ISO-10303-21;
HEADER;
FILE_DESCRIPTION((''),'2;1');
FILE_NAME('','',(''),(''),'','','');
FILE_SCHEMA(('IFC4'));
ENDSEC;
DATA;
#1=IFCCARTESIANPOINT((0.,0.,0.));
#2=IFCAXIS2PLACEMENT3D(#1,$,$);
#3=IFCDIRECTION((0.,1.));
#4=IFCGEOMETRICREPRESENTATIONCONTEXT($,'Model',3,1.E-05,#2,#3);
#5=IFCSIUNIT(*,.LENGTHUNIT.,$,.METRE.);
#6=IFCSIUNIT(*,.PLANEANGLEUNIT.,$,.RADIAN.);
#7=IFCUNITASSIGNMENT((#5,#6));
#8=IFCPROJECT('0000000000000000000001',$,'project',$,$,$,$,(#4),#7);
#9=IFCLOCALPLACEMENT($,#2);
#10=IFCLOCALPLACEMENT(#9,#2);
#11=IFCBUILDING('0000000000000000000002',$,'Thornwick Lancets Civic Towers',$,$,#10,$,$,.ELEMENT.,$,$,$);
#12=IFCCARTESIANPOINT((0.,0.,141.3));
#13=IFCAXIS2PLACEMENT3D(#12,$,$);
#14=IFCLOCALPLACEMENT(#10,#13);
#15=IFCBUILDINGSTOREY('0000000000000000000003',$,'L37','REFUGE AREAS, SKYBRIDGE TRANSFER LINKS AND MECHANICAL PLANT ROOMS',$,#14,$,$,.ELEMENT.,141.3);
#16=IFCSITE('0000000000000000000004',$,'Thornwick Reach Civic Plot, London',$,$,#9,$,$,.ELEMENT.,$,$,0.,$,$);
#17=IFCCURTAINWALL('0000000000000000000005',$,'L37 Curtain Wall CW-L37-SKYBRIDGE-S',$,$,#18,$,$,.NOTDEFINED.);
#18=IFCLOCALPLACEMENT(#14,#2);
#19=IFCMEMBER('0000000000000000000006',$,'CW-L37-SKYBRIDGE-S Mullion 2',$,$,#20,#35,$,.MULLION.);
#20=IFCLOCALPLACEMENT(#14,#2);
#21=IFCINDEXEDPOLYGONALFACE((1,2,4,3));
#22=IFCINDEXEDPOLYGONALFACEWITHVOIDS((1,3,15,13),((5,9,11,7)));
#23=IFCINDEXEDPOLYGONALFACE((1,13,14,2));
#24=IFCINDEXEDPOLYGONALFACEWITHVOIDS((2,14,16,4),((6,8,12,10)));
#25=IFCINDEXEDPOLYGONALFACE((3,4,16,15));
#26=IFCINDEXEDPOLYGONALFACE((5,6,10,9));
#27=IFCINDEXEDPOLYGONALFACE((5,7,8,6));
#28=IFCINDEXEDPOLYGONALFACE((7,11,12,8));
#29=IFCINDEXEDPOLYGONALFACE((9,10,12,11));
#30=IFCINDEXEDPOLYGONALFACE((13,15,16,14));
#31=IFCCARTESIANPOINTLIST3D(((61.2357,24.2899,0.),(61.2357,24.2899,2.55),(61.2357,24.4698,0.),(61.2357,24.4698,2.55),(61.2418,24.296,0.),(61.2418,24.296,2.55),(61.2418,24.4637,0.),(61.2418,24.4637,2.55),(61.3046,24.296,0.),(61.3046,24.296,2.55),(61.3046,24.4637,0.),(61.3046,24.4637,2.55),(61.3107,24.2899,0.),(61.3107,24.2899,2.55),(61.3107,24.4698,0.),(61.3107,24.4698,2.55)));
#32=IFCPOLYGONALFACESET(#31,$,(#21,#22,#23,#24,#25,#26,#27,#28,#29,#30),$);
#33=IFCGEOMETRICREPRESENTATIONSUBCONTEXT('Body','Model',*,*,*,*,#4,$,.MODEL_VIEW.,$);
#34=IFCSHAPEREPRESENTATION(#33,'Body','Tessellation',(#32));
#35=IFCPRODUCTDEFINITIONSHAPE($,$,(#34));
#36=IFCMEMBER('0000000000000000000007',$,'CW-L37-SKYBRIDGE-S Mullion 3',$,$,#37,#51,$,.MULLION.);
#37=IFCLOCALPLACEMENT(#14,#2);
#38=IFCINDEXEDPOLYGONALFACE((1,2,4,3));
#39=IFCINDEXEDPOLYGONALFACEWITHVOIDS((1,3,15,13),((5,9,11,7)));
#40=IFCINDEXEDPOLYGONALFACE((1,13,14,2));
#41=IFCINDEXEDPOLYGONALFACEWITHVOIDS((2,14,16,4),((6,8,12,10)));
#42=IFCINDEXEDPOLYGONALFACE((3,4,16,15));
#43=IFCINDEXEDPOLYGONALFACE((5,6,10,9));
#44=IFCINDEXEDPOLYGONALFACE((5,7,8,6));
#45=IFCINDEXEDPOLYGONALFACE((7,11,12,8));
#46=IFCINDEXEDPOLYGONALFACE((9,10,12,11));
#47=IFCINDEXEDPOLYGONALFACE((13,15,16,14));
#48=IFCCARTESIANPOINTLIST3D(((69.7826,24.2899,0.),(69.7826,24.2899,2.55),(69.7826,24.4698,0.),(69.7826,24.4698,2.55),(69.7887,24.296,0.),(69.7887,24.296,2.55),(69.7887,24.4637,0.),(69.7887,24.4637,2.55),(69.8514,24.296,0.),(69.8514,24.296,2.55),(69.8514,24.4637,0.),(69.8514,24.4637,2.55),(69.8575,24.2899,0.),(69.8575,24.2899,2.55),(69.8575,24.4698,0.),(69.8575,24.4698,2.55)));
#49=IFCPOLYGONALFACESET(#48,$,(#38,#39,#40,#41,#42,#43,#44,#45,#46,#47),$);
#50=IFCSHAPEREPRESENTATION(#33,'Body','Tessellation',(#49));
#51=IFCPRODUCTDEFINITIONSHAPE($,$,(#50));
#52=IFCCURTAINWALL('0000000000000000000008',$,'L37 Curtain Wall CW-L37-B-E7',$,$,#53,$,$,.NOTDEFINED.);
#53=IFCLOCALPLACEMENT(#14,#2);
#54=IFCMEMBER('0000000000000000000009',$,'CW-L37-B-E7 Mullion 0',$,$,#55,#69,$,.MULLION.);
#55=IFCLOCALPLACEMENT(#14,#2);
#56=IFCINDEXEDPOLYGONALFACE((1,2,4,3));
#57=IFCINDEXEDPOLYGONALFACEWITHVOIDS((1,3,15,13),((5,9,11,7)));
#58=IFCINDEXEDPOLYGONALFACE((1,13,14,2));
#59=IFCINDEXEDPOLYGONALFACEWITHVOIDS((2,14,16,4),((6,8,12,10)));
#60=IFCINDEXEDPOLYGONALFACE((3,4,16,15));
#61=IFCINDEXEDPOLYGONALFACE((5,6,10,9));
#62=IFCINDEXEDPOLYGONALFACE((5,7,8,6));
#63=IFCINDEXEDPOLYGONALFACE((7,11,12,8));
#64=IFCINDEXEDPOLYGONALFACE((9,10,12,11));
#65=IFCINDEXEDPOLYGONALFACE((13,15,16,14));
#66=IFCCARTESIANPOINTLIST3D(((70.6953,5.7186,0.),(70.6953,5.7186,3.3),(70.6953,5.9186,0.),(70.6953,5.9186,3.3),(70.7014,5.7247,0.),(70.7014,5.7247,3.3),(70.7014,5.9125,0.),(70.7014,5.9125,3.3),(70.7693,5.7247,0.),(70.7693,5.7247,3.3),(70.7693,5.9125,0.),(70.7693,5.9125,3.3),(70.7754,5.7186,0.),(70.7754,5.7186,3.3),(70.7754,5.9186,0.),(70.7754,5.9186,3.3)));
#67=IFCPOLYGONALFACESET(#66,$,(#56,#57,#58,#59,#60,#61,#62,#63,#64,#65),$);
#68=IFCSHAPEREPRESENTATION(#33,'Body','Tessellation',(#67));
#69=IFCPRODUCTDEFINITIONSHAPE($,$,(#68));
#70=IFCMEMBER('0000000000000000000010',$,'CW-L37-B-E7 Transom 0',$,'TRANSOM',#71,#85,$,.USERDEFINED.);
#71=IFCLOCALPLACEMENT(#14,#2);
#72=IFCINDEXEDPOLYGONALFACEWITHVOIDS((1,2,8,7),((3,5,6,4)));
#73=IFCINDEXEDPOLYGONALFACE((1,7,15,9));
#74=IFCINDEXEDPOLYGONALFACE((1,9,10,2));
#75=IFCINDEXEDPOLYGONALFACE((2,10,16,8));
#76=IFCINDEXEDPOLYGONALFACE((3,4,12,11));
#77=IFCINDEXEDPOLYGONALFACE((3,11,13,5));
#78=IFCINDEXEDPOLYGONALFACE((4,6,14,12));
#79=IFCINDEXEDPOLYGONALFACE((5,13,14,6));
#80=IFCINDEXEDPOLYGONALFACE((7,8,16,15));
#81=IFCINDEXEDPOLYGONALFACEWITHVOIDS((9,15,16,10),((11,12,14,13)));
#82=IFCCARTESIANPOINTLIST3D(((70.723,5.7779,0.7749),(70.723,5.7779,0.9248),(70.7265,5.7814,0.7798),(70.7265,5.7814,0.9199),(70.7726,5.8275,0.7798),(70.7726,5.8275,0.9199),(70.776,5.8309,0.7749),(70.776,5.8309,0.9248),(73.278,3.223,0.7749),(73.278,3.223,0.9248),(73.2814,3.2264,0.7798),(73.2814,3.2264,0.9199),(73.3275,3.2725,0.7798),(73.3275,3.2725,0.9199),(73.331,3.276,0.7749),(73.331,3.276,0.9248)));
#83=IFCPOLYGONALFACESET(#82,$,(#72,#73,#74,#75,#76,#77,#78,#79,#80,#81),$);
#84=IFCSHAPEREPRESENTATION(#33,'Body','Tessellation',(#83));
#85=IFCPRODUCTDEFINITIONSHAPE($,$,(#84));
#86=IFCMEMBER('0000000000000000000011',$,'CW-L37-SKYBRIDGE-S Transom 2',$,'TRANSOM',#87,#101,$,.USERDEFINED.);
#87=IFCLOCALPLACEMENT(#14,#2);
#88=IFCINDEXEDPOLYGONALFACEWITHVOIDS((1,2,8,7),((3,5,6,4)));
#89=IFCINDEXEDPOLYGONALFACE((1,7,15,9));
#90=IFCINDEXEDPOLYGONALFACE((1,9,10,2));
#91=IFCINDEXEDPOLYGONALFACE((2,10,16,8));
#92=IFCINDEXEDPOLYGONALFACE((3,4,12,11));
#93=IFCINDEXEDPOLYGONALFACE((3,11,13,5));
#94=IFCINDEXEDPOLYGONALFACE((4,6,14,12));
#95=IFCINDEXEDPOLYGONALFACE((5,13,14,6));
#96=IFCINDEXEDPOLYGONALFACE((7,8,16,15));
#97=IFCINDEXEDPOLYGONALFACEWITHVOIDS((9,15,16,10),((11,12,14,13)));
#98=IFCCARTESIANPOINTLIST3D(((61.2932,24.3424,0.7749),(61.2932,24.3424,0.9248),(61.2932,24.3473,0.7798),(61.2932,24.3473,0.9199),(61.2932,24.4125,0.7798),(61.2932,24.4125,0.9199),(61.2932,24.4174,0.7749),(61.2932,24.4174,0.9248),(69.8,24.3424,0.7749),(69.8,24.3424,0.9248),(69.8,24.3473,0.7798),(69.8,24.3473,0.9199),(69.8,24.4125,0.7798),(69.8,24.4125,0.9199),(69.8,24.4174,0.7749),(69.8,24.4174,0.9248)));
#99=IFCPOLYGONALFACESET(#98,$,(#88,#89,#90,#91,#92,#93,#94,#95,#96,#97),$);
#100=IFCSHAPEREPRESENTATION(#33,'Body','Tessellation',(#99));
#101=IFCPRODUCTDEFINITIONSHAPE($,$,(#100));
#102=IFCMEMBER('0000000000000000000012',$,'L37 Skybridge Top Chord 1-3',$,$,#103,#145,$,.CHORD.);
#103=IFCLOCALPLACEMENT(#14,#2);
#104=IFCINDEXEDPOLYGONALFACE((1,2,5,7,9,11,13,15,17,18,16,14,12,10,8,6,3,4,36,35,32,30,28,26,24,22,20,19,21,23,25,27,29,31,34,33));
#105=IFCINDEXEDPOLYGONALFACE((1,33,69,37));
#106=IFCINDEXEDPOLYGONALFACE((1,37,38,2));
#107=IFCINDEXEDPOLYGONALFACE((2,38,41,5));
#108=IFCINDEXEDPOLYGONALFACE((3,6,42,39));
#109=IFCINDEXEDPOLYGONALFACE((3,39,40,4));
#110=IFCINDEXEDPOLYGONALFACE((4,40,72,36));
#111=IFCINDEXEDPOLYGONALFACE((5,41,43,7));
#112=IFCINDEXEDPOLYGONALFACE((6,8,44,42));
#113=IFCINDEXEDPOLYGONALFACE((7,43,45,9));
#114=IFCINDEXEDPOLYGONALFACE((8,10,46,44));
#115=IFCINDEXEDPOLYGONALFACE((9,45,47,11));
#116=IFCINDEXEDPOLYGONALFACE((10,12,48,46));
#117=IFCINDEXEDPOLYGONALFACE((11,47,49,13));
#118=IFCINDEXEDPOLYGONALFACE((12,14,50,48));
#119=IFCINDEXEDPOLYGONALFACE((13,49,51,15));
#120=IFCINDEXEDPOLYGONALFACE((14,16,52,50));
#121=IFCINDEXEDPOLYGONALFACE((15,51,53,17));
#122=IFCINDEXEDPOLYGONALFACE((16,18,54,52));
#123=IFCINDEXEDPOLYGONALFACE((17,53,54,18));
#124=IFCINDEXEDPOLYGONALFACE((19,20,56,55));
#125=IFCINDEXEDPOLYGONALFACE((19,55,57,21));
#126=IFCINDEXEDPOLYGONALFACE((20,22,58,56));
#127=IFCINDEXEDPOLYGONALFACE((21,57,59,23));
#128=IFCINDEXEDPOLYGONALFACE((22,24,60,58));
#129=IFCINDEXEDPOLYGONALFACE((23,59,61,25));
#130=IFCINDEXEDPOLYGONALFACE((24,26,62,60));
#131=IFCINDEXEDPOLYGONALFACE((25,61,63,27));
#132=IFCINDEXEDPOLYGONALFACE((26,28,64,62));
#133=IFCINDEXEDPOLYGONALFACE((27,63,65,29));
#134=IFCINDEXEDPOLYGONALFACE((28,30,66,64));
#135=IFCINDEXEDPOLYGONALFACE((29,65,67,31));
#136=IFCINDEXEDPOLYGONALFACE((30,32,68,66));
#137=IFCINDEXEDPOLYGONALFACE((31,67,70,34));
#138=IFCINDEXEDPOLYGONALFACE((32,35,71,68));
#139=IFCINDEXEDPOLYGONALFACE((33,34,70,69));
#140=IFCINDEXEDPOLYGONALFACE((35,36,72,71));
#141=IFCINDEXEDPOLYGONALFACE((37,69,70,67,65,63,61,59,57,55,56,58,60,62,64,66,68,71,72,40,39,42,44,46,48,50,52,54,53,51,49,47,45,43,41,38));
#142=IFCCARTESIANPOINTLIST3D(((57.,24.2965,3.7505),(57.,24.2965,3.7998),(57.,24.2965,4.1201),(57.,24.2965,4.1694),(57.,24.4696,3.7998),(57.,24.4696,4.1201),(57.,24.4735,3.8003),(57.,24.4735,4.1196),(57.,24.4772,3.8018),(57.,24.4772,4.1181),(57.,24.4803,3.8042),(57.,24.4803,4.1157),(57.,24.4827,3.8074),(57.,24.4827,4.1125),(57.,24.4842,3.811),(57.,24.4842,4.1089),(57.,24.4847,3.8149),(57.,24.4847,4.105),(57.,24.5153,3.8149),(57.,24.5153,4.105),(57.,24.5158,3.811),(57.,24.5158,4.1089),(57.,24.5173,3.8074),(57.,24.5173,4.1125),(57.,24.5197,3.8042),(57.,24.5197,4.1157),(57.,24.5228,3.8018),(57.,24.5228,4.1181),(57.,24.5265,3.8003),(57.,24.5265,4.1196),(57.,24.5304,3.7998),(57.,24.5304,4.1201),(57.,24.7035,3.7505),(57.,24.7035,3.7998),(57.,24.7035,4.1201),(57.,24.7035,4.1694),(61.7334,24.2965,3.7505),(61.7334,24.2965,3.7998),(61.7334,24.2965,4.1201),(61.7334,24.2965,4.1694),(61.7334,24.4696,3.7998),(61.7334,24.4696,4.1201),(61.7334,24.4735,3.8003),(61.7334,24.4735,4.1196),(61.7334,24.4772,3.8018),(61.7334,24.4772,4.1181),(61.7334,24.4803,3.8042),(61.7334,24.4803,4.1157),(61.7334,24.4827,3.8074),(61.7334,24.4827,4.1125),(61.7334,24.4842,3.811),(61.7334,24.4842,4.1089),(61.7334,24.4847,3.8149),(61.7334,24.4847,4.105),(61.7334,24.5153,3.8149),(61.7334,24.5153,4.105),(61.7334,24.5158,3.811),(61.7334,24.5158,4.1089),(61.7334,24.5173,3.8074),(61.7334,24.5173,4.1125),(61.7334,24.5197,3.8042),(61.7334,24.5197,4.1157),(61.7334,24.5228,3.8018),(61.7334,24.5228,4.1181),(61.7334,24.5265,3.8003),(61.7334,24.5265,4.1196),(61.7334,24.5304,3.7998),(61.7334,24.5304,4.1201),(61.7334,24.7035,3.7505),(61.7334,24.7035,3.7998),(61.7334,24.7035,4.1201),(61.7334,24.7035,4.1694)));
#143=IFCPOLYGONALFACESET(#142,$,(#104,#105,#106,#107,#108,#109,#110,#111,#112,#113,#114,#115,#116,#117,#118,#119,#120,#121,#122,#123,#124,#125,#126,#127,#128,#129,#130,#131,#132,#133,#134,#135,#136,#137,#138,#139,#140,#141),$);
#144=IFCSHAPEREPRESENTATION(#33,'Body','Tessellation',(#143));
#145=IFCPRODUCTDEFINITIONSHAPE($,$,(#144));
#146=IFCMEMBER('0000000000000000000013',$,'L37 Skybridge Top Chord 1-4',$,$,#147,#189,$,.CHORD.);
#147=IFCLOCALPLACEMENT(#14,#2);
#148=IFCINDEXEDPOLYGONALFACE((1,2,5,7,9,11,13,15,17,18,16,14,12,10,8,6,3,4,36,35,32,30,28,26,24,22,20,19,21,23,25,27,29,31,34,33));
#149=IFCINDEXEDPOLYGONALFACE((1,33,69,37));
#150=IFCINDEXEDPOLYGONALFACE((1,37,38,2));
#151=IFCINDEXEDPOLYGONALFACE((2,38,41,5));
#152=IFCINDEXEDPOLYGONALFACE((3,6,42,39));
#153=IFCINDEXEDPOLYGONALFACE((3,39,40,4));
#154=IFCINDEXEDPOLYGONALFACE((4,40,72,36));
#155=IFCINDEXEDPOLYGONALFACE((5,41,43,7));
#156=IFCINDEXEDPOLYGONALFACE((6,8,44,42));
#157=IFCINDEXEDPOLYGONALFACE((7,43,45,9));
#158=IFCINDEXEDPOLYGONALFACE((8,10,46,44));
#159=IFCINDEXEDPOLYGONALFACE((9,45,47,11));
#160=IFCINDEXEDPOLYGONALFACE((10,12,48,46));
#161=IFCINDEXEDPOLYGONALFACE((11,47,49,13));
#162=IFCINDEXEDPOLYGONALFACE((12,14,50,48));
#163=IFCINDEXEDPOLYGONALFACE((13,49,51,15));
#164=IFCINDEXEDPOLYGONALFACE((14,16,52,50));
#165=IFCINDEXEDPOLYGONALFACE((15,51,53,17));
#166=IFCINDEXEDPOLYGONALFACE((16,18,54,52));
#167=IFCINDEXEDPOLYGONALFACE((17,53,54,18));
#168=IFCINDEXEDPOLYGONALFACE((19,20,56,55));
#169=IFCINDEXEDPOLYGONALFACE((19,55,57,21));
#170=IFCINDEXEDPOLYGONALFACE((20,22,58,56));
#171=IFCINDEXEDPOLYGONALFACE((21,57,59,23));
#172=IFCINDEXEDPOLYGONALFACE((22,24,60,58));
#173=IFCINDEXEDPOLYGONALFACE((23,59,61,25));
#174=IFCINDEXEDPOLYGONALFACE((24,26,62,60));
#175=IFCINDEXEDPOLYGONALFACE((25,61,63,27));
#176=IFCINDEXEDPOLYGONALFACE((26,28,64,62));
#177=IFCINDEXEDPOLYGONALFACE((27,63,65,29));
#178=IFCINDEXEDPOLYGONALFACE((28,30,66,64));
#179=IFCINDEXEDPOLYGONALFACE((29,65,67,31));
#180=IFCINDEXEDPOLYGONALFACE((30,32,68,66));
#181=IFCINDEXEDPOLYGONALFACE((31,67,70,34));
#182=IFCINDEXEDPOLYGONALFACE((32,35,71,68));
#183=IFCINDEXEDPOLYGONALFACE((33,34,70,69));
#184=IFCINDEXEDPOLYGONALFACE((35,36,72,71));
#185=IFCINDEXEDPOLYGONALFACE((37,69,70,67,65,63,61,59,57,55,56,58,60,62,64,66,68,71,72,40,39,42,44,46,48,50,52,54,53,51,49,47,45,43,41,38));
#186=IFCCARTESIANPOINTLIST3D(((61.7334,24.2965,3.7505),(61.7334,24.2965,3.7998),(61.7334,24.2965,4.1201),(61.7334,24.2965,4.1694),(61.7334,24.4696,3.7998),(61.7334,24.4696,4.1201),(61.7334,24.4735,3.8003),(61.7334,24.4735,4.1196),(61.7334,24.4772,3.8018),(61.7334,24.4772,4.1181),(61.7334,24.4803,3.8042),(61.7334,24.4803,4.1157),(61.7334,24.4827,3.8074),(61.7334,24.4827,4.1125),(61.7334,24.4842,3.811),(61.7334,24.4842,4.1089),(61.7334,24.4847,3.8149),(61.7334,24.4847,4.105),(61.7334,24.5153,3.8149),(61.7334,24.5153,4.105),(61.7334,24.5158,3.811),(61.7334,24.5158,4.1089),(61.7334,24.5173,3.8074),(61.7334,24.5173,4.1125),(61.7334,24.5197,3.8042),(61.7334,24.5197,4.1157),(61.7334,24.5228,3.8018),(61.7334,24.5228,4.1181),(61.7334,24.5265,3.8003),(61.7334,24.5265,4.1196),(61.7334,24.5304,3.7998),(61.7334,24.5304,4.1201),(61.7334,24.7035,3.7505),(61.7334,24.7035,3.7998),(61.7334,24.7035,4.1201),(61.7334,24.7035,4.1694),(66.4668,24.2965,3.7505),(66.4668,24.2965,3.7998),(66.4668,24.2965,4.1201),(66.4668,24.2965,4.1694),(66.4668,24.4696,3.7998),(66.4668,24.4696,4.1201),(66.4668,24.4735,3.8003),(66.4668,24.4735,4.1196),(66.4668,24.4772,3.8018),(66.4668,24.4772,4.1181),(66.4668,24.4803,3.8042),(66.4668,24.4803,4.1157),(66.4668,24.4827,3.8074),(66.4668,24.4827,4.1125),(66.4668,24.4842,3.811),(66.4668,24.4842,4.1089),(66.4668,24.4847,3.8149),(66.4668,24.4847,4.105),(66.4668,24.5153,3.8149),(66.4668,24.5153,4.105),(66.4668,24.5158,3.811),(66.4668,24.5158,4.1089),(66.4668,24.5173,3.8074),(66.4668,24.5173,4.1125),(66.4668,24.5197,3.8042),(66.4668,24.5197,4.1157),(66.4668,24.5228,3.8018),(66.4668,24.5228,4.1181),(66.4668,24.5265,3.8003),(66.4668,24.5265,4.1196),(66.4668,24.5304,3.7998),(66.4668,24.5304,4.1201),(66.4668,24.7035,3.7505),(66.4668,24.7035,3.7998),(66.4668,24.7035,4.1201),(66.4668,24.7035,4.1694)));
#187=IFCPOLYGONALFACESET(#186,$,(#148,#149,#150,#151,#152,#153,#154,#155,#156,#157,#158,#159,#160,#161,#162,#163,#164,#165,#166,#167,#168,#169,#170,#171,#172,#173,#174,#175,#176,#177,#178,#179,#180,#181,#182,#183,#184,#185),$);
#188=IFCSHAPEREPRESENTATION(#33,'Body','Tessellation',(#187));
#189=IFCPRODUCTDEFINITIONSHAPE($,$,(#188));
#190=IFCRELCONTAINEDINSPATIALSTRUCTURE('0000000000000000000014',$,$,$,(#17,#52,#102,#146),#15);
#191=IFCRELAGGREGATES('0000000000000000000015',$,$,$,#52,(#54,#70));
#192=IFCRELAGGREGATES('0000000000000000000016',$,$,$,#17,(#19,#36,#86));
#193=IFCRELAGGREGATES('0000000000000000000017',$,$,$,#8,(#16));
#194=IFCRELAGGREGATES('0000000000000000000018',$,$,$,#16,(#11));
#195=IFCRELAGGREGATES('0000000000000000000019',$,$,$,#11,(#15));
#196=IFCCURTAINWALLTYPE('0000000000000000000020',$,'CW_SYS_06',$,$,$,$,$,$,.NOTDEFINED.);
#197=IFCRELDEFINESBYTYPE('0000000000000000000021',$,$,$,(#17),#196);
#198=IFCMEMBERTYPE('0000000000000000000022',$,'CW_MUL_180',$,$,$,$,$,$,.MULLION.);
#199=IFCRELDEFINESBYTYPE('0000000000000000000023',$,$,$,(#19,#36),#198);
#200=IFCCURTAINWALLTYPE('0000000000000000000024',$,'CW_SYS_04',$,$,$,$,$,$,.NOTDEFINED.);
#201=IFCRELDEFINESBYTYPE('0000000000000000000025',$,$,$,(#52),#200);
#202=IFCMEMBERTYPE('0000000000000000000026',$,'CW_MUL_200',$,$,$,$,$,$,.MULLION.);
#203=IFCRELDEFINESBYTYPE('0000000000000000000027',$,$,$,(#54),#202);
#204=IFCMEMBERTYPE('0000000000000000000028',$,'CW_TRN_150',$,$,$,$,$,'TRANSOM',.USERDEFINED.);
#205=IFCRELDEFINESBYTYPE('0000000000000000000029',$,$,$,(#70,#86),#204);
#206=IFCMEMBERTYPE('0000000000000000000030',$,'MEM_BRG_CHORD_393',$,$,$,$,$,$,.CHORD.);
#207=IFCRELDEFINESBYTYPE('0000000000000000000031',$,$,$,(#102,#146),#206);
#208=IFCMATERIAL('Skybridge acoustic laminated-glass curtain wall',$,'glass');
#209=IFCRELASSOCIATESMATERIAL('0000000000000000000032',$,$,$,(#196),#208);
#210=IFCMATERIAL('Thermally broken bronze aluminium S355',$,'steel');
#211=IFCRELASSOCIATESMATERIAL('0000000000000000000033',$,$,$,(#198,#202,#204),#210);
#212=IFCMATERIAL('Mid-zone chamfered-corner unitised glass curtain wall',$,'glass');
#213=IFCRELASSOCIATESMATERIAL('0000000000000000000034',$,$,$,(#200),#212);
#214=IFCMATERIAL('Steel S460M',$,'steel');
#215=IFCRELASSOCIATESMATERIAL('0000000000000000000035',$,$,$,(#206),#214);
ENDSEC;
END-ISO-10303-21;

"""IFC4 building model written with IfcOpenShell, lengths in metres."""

from ifc_helpers import new_model, si_unit, direction, frame, origin, origin_2d, place, context, subcontext, project, spatial, hollow_rectangle, i_section, extrude, material, material_profile, profile_set, type_object, element, aggregate, save


model = new_model("IFC4")

# Units and contexts
model_context = context("Model", 3, precision=1e-05, world=origin(), true_north=direction((0.0, 1.0)))
body_context = subcontext(model_context, "Body", "Model", "MODEL_VIEW")
ifc_project = project(units=[si_unit("LENGTHUNIT", "METRE"), si_unit("PLANEANGLEUNIT", "RADIAN")], contexts=[model_context])

# Site, building, storey
site_placement = place(None, origin())
site = spatial("IfcSite", under=ifc_project, at=site_placement, Name="Thornwick Reach Civic Plot, London", CompositionType="ELEMENT", RefElevation=0.0)
building_placement = place(site_placement, origin())
building = spatial("IfcBuilding", under=site, at=building_placement, Name="Thornwick Lancets Civic Towers", CompositionType="ELEMENT")
storey_placement = place(building_placement, frame((0.0, 0.0, 141.3)))
storey = spatial("IfcBuildingStorey", under=building, at=storey_placement, Name="L37", Description="REFUGE AREAS, SKYBRIDGE TRANSFER LINKS AND MECHANICAL PLANT ROOMS", CompositionType="ELEMENT", Elevation=141.3)

# Curtain walls, members
ifc_material_1 = material(Name="Skybridge acoustic laminated-glass curtain wall", Category="glass")
curtain_wall_type_1 = type_object("IfcCurtainWallType", Name="CW_SYS_06", PredefinedType="NOTDEFINED", material=ifc_material_1)
curtain_wall_1_placement = place(storey_placement, origin())
curtain_wall_1 = element("IfcCurtainWall", 1, at=curtain_wall_1_placement, inside=storey, type_object=curtain_wall_type_1, Name="L37 Curtain Wall CW-L37-SKYBRIDGE-S", PredefinedType="NOTDEFINED")
ifc_material_2 = material(Name="Thermally broken bronze aluminium S355", Category="steel")
ifc_material_profile_1 = material_profile(ifc_material_2, hollow_rectangle(XDim=0.075, YDim=0.1799, WallThickness=0.0061, at=origin_2d()), Name="RHS 180x75x6")
ifc_profile_set_1 = profile_set([ifc_material_profile_1], Name="Thermally broken bronze aluminium S355")
member_type_1 = type_object("IfcMemberType", Name="CW_MUL_180", PredefinedType="MULLION", material=ifc_profile_set_1)
member_1_placement = place(storey_placement, frame((61.2732, 24.3799, 0.0), z_axis=(0.0, 0.0, 1.0), x_axis=(1.0, 0.0, 0.0)))
member_1 = element("IfcMember", 2, at=member_1_placement, type_object=member_type_1, Name="CW-L37-SKYBRIDGE-S Mullion 2", PredefinedType="MULLION", context=body_context, shape_type="SweptSolid", body=[
    extrude(hollow_rectangle(XDim=0.075, YDim=0.1799, WallThickness=0.0061, at=origin_2d()), origin(), (0.0, 0.0, 1.0), 2.55),
])
member_2_placement = place(storey_placement, frame((69.8201, 24.3799, 0.0), z_axis=(0.0, 0.0, 1.0), x_axis=(1.0, 0.0, 0.0)))
member_2 = element("IfcMember", 3, at=member_2_placement, type_object=member_type_1, Name="CW-L37-SKYBRIDGE-S Mullion 3", PredefinedType="MULLION", context=body_context, shape_type="SweptSolid", body=[
    extrude(hollow_rectangle(XDim=0.075, YDim=0.1799, WallThickness=0.0061, at=origin_2d()), origin(), (0.0, 0.0, 1.0), 2.55),
])
ifc_material_3 = material(Name="Mid-zone chamfered-corner unitised glass curtain wall", Category="glass")
curtain_wall_type_2 = type_object("IfcCurtainWallType", Name="CW_SYS_04", PredefinedType="NOTDEFINED", material=ifc_material_3)
curtain_wall_2_placement = place(storey_placement, origin())
curtain_wall_2 = element("IfcCurtainWall", 4, at=curtain_wall_2_placement, inside=storey, type_object=curtain_wall_type_2, Name="L37 Curtain Wall CW-L37-B-E7", PredefinedType="NOTDEFINED")
ifc_material_profile_2 = material_profile(ifc_material_2, hollow_rectangle(XDim=0.0801, YDim=0.2, WallThickness=0.0061, at=origin_2d()), Name="RHS 200x80x6")
ifc_profile_set_2 = profile_set([ifc_material_profile_2], Name="Thermally broken bronze aluminium S355")
member_type_2 = type_object("IfcMemberType", Name="CW_MUL_200", PredefinedType="MULLION", material=ifc_profile_set_2)
member_3_placement = place(storey_placement, frame((70.7354, 5.8186, 0.0), z_axis=(0.0, 0.0, 1.0), x_axis=(1.0, 0.0, 0.0)))
member_3 = element("IfcMember", 5, at=member_3_placement, type_object=member_type_2, Name="CW-L37-B-E7 Mullion 0", PredefinedType="MULLION", context=body_context, shape_type="SweptSolid", body=[
    extrude(hollow_rectangle(XDim=0.0801, YDim=0.2, WallThickness=0.0061, at=origin_2d()), origin(), (0.0, 0.0, 1.0), 3.3),
])
ifc_material_profile_3 = material_profile(ifc_material_2, hollow_rectangle(XDim=0.075, YDim=0.1499, WallThickness=0.0049, at=origin_2d()), Name="RHS 150x75x5")
ifc_profile_set_3 = profile_set([ifc_material_profile_3], Name="Thermally broken bronze aluminium S355")
member_type_3 = type_object("IfcMemberType", Name="CW_TRN_150", ElementType="TRANSOM", PredefinedType="USERDEFINED", material=ifc_profile_set_3)
member_4_placement = place(storey_placement, frame((70.7495, 5.8044, 0.8499), z_axis=(0.707107, -0.707107, 0.0), x_axis=(0.707107, 0.707107, 0.0)))
member_4 = element("IfcMember", 6, at=member_4_placement, type_object=member_type_3, Name="CW-L37-B-E7 Transom 0", ObjectType="TRANSOM", PredefinedType="USERDEFINED", context=body_context, shape_type="SweptSolid", body=[
    extrude(hollow_rectangle(XDim=0.075, YDim=0.1499, WallThickness=0.0049, at=origin_2d()), origin(), (0.0, 0.0, 1.0), 3.6133),
])
aggregate(curtain_wall_2, [member_3, member_4])

# Member
member_5_placement = place(storey_placement, frame((61.2932, 24.3799, 0.8499), z_axis=(1.0, 0.0, 0.0), x_axis=(0.0, 1.0, 0.0)))
member_5 = element("IfcMember", 7, at=member_5_placement, type_object=member_type_3, Name="CW-L37-SKYBRIDGE-S Transom 2", ObjectType="TRANSOM", PredefinedType="USERDEFINED", context=body_context, shape_type="SweptSolid", body=[
    extrude(hollow_rectangle(XDim=0.075, YDim=0.1499, WallThickness=0.0049, at=origin_2d()), origin(), (0.0, 0.0, 1.0), 8.5068),
])

# Members
ifc_material_4 = material(Name="Steel S460M", Category="steel")
ifc_material_profile_4 = material_profile(ifc_material_4, i_section(OverallWidth=0.407, OverallDepth=0.4189, WebThickness=0.0305, FlangeThickness=0.0493, FilletRadius=0.0151, at=origin_2d()), Name="UKC 356x406x393")
ifc_profile_set_4 = profile_set([ifc_material_profile_4], Name="Steel S460M")
member_type_4 = type_object("IfcMemberType", Name="MEM_BRG_CHORD_393", PredefinedType="CHORD", material=ifc_profile_set_4)
for number, where, z_axis, x_axis, name in (
    (8, (57.0, 24.5, 3.96), (1.0, 0.0, 0.0), (0.0, 1.0, 0.0), "L37 Skybridge Top Chord 1-3"),
    (9, (61.7334, 24.5, 3.96), (1.0, 0.0, 0.0), (0.0, 1.0, 0.0), "L37 Skybridge Top Chord 1-4"),
):
    element("IfcMember", number, at=place(storey_placement, frame(where, z_axis=z_axis, x_axis=x_axis)), inside=storey, type_object=member_type_4, Name=name, PredefinedType="CHORD", context=body_context, shape_type="SweptSolid", body=[
        extrude(i_section(OverallWidth=0.407, OverallDepth=0.4189, WebThickness=0.0305, FlangeThickness=0.0493, FilletRadius=0.0151, at=origin_2d()), origin(), (0.0, 0.0, 1.0), 4.7334),
    ])

aggregate(curtain_wall_1, [member_1, member_2, member_5])

save(model, "model.ifc")
